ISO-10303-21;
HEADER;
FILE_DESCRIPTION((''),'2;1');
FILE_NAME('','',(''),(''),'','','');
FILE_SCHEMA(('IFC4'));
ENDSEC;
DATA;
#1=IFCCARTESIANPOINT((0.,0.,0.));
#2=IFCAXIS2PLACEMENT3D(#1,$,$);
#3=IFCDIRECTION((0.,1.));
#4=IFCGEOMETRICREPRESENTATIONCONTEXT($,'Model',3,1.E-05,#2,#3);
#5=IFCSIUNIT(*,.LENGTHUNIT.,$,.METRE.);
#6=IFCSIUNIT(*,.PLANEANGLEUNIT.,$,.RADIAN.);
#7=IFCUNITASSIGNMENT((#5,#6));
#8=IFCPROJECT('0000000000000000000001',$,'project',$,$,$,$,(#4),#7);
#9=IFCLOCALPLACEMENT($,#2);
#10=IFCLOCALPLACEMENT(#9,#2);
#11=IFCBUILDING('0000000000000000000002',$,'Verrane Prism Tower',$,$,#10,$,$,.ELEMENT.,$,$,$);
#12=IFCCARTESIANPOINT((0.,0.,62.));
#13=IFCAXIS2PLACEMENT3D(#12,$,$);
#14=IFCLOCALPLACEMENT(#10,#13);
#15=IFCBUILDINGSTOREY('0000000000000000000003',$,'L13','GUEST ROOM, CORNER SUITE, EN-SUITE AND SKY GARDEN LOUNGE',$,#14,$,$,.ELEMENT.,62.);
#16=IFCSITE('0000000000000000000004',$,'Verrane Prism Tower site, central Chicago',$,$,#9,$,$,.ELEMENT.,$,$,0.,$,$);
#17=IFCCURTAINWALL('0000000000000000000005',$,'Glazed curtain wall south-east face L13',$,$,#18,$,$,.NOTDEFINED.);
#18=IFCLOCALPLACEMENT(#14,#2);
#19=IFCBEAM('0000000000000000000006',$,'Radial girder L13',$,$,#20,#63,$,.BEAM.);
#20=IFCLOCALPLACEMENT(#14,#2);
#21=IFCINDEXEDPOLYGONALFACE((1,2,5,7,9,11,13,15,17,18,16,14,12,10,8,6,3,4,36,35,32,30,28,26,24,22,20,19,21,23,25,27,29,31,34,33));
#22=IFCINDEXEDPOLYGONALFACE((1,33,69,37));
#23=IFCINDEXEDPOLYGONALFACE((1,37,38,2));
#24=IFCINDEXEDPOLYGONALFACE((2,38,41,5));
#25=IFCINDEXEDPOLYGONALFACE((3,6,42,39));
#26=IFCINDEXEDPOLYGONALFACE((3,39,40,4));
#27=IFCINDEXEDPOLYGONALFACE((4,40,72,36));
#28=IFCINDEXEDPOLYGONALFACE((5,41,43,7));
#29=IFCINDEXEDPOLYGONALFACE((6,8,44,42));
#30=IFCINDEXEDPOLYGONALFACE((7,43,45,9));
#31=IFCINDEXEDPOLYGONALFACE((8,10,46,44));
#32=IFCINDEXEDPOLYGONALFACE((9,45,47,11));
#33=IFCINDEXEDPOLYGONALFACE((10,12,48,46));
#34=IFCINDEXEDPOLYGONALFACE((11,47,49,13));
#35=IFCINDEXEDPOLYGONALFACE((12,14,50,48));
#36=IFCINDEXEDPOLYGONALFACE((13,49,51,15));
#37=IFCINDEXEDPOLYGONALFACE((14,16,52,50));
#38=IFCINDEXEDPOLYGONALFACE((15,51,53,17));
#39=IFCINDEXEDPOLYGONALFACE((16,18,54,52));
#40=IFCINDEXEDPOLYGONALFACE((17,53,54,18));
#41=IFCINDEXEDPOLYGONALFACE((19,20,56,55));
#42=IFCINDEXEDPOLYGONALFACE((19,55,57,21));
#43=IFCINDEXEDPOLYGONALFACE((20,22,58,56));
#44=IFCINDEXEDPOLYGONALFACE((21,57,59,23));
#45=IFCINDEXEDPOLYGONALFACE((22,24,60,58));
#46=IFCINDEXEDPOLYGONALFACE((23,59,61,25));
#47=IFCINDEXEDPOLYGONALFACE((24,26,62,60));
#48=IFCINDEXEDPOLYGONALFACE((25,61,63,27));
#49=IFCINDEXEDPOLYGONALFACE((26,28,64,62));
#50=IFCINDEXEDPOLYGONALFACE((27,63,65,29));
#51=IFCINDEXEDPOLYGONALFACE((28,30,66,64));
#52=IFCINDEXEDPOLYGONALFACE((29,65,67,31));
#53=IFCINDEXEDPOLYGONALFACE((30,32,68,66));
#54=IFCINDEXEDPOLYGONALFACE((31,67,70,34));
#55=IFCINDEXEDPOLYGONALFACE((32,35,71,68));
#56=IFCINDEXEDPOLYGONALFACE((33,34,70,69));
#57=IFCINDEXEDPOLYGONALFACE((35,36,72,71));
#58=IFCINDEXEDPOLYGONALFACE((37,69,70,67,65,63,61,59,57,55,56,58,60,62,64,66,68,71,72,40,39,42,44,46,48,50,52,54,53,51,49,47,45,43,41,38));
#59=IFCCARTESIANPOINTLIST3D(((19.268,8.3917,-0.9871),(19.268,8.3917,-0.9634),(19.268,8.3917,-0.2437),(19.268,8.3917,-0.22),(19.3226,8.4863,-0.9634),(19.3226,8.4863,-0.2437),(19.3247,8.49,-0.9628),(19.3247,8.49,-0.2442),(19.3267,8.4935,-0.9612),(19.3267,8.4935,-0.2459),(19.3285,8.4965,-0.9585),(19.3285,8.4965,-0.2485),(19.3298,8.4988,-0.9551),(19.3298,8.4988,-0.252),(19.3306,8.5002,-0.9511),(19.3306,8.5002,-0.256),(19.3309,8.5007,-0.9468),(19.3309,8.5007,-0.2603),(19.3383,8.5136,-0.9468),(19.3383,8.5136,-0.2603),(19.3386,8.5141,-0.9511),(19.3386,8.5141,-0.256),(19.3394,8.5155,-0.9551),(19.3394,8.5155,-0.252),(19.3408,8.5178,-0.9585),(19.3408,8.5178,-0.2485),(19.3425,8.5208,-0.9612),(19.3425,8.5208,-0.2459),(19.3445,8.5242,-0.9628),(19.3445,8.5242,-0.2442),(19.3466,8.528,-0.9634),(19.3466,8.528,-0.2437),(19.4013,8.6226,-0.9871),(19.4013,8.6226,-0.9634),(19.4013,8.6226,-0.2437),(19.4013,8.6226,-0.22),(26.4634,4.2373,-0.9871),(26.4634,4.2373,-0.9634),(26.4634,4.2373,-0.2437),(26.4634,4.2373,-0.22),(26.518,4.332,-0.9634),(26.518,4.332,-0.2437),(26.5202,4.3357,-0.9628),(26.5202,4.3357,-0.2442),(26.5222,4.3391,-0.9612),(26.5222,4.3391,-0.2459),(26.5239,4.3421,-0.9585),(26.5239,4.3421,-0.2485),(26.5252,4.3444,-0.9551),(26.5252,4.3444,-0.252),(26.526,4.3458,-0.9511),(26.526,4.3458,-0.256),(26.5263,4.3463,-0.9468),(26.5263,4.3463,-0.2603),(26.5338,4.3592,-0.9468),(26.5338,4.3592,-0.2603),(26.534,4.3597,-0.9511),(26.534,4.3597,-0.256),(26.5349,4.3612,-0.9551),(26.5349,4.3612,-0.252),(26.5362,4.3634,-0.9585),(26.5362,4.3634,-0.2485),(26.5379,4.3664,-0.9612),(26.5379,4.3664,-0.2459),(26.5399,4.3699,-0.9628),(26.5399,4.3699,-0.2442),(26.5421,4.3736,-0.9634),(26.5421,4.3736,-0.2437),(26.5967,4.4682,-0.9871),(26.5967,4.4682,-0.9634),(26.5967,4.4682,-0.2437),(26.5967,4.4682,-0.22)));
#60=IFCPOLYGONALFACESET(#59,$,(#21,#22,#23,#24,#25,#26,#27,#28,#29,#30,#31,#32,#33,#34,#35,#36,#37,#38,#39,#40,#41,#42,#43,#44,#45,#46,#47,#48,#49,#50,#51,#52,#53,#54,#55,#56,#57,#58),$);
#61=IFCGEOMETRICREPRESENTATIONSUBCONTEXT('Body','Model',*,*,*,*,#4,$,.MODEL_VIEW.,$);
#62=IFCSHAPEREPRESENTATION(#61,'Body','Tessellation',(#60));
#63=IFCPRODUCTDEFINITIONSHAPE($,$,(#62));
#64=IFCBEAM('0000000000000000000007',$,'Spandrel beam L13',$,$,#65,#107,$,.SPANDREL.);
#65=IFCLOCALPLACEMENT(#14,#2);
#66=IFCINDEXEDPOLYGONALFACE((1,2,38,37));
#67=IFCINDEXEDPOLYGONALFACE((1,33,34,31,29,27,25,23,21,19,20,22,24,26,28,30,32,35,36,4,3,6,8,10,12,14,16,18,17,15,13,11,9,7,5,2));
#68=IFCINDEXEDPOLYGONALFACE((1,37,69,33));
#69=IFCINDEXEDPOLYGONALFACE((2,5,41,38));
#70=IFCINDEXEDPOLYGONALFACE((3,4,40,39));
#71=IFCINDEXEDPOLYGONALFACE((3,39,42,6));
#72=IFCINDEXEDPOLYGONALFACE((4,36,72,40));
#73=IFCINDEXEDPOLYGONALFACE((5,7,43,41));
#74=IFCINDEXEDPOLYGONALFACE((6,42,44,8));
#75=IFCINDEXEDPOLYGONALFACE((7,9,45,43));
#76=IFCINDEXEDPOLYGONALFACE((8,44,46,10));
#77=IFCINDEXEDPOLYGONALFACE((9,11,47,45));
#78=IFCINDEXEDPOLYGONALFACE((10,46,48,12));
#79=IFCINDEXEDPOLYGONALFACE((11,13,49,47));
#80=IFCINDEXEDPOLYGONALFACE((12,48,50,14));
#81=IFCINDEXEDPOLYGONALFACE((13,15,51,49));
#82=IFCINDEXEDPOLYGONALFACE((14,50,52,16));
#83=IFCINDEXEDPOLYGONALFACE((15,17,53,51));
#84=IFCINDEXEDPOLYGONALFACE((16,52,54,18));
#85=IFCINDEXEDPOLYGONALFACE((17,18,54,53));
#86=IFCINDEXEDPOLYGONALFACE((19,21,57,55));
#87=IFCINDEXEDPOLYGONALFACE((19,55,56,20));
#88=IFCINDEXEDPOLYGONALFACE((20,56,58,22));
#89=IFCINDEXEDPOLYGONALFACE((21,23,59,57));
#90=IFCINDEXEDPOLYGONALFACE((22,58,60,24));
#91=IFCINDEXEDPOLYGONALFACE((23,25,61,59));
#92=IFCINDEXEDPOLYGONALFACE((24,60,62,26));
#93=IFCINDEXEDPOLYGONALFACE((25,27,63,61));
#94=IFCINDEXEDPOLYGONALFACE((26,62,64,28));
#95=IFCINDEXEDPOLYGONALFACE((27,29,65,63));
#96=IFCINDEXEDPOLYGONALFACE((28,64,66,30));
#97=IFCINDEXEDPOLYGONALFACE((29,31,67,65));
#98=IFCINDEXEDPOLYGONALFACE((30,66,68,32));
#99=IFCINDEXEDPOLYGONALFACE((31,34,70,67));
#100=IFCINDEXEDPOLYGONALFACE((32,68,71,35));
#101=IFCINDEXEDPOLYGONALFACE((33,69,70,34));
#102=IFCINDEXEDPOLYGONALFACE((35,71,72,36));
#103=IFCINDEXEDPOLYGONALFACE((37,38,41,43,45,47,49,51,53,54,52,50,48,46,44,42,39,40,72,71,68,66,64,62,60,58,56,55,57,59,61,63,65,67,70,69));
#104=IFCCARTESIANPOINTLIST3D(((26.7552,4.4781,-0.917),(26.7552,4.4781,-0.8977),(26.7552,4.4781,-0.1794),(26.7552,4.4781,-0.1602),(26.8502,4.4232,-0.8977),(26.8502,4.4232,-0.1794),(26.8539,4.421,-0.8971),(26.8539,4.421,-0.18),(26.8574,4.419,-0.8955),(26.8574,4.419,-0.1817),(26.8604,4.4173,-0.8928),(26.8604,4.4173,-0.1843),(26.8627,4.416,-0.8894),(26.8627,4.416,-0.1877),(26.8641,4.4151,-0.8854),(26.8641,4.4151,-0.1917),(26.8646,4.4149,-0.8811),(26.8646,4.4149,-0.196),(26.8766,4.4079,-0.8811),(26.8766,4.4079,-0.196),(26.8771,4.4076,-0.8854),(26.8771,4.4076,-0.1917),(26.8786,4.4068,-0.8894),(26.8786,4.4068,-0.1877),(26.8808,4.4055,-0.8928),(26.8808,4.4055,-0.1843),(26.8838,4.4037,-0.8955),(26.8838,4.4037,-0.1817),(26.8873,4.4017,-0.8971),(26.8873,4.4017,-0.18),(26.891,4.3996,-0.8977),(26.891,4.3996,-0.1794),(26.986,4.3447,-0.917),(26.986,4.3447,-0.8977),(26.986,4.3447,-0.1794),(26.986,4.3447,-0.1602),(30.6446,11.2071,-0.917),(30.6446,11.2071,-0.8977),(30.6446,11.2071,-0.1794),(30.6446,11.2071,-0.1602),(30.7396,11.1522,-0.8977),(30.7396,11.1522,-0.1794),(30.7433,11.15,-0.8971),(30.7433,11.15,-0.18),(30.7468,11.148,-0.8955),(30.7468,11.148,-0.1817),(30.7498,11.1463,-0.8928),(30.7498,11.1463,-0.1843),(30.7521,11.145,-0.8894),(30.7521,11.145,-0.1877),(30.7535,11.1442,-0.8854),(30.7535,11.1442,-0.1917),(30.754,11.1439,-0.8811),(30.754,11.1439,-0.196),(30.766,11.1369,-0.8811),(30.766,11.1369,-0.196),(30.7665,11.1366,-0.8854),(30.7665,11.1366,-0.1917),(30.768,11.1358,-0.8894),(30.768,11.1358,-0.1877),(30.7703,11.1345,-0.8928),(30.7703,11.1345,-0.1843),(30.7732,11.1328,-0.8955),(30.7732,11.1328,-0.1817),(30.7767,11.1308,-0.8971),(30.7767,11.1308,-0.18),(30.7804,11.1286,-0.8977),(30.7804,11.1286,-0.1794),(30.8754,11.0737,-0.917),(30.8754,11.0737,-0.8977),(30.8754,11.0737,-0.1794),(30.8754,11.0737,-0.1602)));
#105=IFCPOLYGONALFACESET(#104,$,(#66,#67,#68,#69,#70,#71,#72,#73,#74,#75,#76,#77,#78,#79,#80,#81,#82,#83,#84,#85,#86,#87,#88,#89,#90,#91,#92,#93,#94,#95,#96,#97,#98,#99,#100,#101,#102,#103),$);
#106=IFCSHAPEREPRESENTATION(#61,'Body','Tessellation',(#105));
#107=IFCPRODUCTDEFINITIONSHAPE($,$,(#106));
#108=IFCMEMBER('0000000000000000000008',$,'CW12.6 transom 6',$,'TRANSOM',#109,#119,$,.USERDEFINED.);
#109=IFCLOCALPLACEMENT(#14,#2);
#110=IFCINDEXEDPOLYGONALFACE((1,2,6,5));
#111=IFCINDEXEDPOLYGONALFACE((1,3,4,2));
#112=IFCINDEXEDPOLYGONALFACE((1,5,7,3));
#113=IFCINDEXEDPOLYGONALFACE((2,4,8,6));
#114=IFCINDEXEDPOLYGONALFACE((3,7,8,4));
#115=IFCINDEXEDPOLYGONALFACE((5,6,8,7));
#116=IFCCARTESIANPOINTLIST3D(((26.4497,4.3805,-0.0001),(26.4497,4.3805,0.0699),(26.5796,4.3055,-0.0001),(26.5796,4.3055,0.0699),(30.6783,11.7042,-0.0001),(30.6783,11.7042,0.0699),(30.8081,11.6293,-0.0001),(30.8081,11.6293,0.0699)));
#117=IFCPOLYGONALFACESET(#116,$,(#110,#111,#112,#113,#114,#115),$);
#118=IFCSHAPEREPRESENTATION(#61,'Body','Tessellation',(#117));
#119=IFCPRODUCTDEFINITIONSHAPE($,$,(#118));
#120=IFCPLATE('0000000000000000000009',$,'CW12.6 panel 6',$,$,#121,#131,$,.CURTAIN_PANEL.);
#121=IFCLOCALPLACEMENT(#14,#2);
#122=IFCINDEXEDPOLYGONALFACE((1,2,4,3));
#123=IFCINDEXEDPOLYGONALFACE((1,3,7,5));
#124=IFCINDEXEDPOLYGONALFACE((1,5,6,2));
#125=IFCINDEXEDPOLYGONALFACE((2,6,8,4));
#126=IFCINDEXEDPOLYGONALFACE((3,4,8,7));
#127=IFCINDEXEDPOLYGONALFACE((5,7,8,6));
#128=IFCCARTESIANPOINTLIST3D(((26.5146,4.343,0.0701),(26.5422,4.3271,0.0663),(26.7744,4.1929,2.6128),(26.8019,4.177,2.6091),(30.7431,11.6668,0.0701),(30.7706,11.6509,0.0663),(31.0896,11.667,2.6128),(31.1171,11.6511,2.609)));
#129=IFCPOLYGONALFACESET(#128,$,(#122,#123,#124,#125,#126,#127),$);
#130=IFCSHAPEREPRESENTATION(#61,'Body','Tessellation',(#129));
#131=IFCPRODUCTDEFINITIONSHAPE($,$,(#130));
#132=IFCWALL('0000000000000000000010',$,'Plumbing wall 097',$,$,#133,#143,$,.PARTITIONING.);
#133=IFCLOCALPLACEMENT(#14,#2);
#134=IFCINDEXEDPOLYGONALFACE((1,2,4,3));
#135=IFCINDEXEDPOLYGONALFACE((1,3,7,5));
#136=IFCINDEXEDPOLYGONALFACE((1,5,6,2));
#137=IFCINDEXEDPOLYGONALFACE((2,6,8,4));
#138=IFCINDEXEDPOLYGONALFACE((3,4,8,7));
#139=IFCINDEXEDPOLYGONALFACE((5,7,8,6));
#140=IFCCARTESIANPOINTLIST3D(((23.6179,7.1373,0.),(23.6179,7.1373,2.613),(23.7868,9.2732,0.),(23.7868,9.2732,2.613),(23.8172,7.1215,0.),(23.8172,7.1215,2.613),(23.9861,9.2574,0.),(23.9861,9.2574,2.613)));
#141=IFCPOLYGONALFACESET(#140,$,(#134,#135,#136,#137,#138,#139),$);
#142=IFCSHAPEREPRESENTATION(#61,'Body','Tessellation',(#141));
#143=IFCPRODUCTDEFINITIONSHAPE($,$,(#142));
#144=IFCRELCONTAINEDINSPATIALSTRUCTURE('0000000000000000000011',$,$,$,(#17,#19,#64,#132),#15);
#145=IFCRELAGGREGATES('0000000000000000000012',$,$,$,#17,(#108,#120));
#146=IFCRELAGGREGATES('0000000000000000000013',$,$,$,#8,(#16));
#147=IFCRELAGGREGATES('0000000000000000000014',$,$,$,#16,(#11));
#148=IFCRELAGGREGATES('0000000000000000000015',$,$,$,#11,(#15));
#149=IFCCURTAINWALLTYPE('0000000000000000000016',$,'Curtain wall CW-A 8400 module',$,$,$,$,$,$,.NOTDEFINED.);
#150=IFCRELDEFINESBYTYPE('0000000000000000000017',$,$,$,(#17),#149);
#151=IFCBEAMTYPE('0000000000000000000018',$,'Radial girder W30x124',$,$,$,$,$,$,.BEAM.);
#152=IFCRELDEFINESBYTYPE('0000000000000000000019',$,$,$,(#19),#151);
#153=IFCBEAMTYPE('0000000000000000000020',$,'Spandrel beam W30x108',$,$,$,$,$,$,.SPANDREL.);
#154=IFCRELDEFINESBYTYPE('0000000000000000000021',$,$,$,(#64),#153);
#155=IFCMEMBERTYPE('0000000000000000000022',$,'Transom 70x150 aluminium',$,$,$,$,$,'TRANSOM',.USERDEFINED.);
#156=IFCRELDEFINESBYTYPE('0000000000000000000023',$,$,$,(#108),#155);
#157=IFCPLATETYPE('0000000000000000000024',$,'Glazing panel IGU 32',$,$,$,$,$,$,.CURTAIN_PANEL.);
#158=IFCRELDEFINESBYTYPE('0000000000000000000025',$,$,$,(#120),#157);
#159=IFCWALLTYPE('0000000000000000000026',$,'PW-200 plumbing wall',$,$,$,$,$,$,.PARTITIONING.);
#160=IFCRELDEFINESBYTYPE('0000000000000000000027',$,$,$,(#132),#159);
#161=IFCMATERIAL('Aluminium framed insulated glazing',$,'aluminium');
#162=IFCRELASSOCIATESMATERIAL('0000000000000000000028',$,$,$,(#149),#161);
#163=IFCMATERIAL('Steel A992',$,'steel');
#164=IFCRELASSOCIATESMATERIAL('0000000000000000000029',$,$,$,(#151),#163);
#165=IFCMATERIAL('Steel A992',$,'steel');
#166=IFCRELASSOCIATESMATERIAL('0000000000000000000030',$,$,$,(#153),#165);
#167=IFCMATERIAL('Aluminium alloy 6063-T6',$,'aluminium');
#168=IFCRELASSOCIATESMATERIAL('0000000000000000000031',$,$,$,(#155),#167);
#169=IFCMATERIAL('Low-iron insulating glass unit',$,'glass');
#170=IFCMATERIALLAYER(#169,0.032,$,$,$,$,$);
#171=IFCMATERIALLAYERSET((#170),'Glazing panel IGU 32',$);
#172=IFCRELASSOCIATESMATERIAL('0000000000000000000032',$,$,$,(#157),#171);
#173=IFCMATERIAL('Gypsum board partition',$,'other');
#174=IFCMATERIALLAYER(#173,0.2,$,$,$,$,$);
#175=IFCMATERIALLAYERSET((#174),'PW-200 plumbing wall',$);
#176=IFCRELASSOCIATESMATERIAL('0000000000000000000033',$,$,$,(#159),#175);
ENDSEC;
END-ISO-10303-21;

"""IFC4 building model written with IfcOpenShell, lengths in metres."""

from ifc_helpers import new_model, si_unit, direction, frame, frame_2d, origin, origin_2d, place, context, subcontext, project, spatial, polyline, rectangle, i_section, outline, extrude, material, layer, layer_set, material_profile, profile_set, type_object, element, aggregate, save


model = new_model("IFC4")

# Units and contexts
model_context = context("Model", 3, precision=1e-05, world=origin(), true_north=direction((0.0, 1.0)))
body_context = subcontext(model_context, "Body", "Model", "MODEL_VIEW")
ifc_project = project(units=[si_unit("LENGTHUNIT", "METRE"), si_unit("PLANEANGLEUNIT", "RADIAN")], contexts=[model_context])

# Site, building, storey
site_placement = place(None, origin())
site = spatial("IfcSite", under=ifc_project, at=site_placement, Name="Verrane Prism Tower site, central Chicago", CompositionType="ELEMENT", RefElevation=0.0)
building_placement = place(site_placement, origin())
building = spatial("IfcBuilding", under=site, at=building_placement, Name="Verrane Prism Tower", CompositionType="ELEMENT")
storey_placement = place(building_placement, frame((0.0, 0.0, 62.0)))
storey = spatial("IfcBuildingStorey", under=building, at=storey_placement, Name="L13", Description="GUEST ROOM, CORNER SUITE, EN-SUITE AND SKY GARDEN LOUNGE", CompositionType="ELEMENT", Elevation=62.0)

# Curtain wall
ifc_material_1 = material(Name="Aluminium framed insulated glazing", Category="aluminium")
curtain_wall_type = type_object("IfcCurtainWallType", Name="Curtain wall CW-A 8400 module", PredefinedType="NOTDEFINED", material=ifc_material_1)
curtain_wall_placement = place(storey_placement, origin())
curtain_wall = element("IfcCurtainWall", 1, at=curtain_wall_placement, inside=storey, type_object=curtain_wall_type, Name="Glazed curtain wall south-east face L13", PredefinedType="NOTDEFINED")

# Beams
ifc_material_2 = material(Name="Steel A992", Category="steel")
ifc_material_profile_1 = material_profile(ifc_material_2, i_section(OverallWidth=0.2666, OverallDepth=0.7671, WebThickness=0.0149, FlangeThickness=0.0237, FilletRadius=0.0166, at=origin_2d()), Name="W30x124")
ifc_profile_set_1 = profile_set([ifc_material_profile_1], Name="Steel A992")
beam_type_1 = type_object("IfcBeamType", Name="Radial girder W30x124", PredefinedType="BEAM", material=ifc_profile_set_1)
beam_1_placement = place(storey_placement, frame((26.53, 4.3528, -0.6035), z_axis=(-0.866021, 0.500007, 0.0), x_axis=(-0.500007, -0.866021, 0.0)))
element("IfcBeam", 2, at=beam_1_placement, inside=storey, type_object=beam_type_1, Name="Radial girder L13", PredefinedType="BEAM", context=body_context, shape_type="SweptSolid", body=[
    extrude(i_section(OverallWidth=0.2666, OverallDepth=0.7671, WebThickness=0.0149, FlangeThickness=0.0237, FilletRadius=0.0166, at=origin_2d()), origin(), (0.0, 0.0, 1.0), 8.3086),
])
ifc_material_3 = material(Name="Steel A992", Category="steel")
ifc_material_profile_2 = material_profile(ifc_material_3, i_section(OverallWidth=0.2666, OverallDepth=0.7568, WebThickness=0.0139, FlangeThickness=0.0193, FilletRadius=0.0166, at=origin_2d()), Name="W30x108")
ifc_profile_set_2 = profile_set([ifc_material_profile_2], Name="Steel A992")
beam_type_2 = type_object("IfcBeamType", Name="Spandrel beam W30x108", PredefinedType="SPANDREL", material=ifc_profile_set_2)
beam_2_placement = place(storey_placement, frame((26.8706, 4.4114, -0.5386), z_axis=(0.500426, 0.865779, 0.0), x_axis=(-0.865779, 0.500426, 0.0)))
element("IfcBeam", 3, at=beam_2_placement, inside=storey, type_object=beam_type_2, Name="Spandrel beam L13", PredefinedType="SPANDREL", context=body_context, shape_type="SweptSolid", body=[
    extrude(i_section(OverallWidth=0.2666, OverallDepth=0.7568, WebThickness=0.0139, FlangeThickness=0.0193, FilletRadius=0.0166, at=origin_2d()), origin(), (0.0, 0.0, 1.0), 7.7722),
])

# Member
ifc_material_4 = material(Name="Aluminium alloy 6063-T6", Category="aluminium")
ifc_material_profile_3 = material_profile(ifc_material_4, rectangle(XDim=0.1499, YDim=0.0701, at=origin_2d()), Name="Transom 70x150 aluminium")
ifc_profile_set_3 = profile_set([ifc_material_profile_3], Name="Aluminium alloy 6063-T6")
member_type_1 = type_object("IfcMemberType", Name="Transom 70x150 aluminium", ElementType="TRANSOM", PredefinedType="USERDEFINED", material=ifc_profile_set_3)
member_1_placement = place(storey_placement, frame((26.5146, 4.343, 0.0349), z_axis=(0.500014, 0.866017, 0.0), x_axis=(-0.866017, 0.500014, 0.0)))
member_1 = element("IfcMember", 4, at=member_1_placement, type_object=member_type_1, Name="CW12.6 transom 6", ObjectType="TRANSOM", PredefinedType="USERDEFINED", context=body_context, shape_type="SweptSolid", body=[
    extrude(rectangle(XDim=0.1499, YDim=0.0701, at=origin_2d()), origin(), (0.0, 0.0, 1.0), 8.4568),
])

# Plate
ifc_material_5 = material(Name="Low-iron insulating glass unit", Category="glass")
ifc_layer_1 = layer(ifc_material_5, 0.032)
ifc_layer_set_1 = layer_set([ifc_layer_1], Name="Glazing panel IGU 32")
plate_type = type_object("IfcPlateType", Name="Glazing panel IGU 32", PredefinedType="CURTAIN_PANEL", material=ifc_layer_set_1)
plate_placement = place(storey_placement, frame((26.5146, 4.343, 0.0701), z_axis=(-0.860057, 0.496563, 0.117159), x_axis=(0.500007, 0.866021, 0.000001)))
plate = element("IfcPlate", 5, at=plate_placement, type_object=plate_type, Name="CW12.6 panel 6", PredefinedType="CURTAIN_PANEL", context=body_context, shape_type="SweptSolid", body=[
    extrude(outline(polyline([(0.0, 0.0), (8.4568, 0.0), (8.6302, -2.5603), (-0.0001, -2.5604), (0.0, 0.0)])), origin(), (0.0, 0.0, -1.0), 0.032),
])
aggregate(curtain_wall, [member_1, plate])

# Wall
ifc_material_6 = material(Name="Gypsum board partition", Category="other")
ifc_layer_2 = layer(ifc_material_6, 0.2)
ifc_layer_set_2 = layer_set([ifc_layer_2], Name="PW-200 plumbing wall")
wall_type = type_object("IfcWallType", Name="PW-200 plumbing wall", PredefinedType="PARTITIONING", material=ifc_layer_set_2)
wall_placement = place(storey_placement, frame((23.7175, 7.1294, 0.0), z_axis=(0.0, 0.0, 1.0), x_axis=(0.078849, 0.996887, 0.0)))
element("IfcWall", 6, at=wall_placement, inside=storey, type_object=wall_type, Name="Plumbing wall 097", PredefinedType="PARTITIONING", context=body_context, shape_type="SweptSolid", body=[
    extrude(rectangle(XDim=2.1426, YDim=0.2, at=frame_2d((1.0713, 0.0))), origin(), (0.0, 0.0, 1.0), 2.613),
])

save(model, "model.ifc")
